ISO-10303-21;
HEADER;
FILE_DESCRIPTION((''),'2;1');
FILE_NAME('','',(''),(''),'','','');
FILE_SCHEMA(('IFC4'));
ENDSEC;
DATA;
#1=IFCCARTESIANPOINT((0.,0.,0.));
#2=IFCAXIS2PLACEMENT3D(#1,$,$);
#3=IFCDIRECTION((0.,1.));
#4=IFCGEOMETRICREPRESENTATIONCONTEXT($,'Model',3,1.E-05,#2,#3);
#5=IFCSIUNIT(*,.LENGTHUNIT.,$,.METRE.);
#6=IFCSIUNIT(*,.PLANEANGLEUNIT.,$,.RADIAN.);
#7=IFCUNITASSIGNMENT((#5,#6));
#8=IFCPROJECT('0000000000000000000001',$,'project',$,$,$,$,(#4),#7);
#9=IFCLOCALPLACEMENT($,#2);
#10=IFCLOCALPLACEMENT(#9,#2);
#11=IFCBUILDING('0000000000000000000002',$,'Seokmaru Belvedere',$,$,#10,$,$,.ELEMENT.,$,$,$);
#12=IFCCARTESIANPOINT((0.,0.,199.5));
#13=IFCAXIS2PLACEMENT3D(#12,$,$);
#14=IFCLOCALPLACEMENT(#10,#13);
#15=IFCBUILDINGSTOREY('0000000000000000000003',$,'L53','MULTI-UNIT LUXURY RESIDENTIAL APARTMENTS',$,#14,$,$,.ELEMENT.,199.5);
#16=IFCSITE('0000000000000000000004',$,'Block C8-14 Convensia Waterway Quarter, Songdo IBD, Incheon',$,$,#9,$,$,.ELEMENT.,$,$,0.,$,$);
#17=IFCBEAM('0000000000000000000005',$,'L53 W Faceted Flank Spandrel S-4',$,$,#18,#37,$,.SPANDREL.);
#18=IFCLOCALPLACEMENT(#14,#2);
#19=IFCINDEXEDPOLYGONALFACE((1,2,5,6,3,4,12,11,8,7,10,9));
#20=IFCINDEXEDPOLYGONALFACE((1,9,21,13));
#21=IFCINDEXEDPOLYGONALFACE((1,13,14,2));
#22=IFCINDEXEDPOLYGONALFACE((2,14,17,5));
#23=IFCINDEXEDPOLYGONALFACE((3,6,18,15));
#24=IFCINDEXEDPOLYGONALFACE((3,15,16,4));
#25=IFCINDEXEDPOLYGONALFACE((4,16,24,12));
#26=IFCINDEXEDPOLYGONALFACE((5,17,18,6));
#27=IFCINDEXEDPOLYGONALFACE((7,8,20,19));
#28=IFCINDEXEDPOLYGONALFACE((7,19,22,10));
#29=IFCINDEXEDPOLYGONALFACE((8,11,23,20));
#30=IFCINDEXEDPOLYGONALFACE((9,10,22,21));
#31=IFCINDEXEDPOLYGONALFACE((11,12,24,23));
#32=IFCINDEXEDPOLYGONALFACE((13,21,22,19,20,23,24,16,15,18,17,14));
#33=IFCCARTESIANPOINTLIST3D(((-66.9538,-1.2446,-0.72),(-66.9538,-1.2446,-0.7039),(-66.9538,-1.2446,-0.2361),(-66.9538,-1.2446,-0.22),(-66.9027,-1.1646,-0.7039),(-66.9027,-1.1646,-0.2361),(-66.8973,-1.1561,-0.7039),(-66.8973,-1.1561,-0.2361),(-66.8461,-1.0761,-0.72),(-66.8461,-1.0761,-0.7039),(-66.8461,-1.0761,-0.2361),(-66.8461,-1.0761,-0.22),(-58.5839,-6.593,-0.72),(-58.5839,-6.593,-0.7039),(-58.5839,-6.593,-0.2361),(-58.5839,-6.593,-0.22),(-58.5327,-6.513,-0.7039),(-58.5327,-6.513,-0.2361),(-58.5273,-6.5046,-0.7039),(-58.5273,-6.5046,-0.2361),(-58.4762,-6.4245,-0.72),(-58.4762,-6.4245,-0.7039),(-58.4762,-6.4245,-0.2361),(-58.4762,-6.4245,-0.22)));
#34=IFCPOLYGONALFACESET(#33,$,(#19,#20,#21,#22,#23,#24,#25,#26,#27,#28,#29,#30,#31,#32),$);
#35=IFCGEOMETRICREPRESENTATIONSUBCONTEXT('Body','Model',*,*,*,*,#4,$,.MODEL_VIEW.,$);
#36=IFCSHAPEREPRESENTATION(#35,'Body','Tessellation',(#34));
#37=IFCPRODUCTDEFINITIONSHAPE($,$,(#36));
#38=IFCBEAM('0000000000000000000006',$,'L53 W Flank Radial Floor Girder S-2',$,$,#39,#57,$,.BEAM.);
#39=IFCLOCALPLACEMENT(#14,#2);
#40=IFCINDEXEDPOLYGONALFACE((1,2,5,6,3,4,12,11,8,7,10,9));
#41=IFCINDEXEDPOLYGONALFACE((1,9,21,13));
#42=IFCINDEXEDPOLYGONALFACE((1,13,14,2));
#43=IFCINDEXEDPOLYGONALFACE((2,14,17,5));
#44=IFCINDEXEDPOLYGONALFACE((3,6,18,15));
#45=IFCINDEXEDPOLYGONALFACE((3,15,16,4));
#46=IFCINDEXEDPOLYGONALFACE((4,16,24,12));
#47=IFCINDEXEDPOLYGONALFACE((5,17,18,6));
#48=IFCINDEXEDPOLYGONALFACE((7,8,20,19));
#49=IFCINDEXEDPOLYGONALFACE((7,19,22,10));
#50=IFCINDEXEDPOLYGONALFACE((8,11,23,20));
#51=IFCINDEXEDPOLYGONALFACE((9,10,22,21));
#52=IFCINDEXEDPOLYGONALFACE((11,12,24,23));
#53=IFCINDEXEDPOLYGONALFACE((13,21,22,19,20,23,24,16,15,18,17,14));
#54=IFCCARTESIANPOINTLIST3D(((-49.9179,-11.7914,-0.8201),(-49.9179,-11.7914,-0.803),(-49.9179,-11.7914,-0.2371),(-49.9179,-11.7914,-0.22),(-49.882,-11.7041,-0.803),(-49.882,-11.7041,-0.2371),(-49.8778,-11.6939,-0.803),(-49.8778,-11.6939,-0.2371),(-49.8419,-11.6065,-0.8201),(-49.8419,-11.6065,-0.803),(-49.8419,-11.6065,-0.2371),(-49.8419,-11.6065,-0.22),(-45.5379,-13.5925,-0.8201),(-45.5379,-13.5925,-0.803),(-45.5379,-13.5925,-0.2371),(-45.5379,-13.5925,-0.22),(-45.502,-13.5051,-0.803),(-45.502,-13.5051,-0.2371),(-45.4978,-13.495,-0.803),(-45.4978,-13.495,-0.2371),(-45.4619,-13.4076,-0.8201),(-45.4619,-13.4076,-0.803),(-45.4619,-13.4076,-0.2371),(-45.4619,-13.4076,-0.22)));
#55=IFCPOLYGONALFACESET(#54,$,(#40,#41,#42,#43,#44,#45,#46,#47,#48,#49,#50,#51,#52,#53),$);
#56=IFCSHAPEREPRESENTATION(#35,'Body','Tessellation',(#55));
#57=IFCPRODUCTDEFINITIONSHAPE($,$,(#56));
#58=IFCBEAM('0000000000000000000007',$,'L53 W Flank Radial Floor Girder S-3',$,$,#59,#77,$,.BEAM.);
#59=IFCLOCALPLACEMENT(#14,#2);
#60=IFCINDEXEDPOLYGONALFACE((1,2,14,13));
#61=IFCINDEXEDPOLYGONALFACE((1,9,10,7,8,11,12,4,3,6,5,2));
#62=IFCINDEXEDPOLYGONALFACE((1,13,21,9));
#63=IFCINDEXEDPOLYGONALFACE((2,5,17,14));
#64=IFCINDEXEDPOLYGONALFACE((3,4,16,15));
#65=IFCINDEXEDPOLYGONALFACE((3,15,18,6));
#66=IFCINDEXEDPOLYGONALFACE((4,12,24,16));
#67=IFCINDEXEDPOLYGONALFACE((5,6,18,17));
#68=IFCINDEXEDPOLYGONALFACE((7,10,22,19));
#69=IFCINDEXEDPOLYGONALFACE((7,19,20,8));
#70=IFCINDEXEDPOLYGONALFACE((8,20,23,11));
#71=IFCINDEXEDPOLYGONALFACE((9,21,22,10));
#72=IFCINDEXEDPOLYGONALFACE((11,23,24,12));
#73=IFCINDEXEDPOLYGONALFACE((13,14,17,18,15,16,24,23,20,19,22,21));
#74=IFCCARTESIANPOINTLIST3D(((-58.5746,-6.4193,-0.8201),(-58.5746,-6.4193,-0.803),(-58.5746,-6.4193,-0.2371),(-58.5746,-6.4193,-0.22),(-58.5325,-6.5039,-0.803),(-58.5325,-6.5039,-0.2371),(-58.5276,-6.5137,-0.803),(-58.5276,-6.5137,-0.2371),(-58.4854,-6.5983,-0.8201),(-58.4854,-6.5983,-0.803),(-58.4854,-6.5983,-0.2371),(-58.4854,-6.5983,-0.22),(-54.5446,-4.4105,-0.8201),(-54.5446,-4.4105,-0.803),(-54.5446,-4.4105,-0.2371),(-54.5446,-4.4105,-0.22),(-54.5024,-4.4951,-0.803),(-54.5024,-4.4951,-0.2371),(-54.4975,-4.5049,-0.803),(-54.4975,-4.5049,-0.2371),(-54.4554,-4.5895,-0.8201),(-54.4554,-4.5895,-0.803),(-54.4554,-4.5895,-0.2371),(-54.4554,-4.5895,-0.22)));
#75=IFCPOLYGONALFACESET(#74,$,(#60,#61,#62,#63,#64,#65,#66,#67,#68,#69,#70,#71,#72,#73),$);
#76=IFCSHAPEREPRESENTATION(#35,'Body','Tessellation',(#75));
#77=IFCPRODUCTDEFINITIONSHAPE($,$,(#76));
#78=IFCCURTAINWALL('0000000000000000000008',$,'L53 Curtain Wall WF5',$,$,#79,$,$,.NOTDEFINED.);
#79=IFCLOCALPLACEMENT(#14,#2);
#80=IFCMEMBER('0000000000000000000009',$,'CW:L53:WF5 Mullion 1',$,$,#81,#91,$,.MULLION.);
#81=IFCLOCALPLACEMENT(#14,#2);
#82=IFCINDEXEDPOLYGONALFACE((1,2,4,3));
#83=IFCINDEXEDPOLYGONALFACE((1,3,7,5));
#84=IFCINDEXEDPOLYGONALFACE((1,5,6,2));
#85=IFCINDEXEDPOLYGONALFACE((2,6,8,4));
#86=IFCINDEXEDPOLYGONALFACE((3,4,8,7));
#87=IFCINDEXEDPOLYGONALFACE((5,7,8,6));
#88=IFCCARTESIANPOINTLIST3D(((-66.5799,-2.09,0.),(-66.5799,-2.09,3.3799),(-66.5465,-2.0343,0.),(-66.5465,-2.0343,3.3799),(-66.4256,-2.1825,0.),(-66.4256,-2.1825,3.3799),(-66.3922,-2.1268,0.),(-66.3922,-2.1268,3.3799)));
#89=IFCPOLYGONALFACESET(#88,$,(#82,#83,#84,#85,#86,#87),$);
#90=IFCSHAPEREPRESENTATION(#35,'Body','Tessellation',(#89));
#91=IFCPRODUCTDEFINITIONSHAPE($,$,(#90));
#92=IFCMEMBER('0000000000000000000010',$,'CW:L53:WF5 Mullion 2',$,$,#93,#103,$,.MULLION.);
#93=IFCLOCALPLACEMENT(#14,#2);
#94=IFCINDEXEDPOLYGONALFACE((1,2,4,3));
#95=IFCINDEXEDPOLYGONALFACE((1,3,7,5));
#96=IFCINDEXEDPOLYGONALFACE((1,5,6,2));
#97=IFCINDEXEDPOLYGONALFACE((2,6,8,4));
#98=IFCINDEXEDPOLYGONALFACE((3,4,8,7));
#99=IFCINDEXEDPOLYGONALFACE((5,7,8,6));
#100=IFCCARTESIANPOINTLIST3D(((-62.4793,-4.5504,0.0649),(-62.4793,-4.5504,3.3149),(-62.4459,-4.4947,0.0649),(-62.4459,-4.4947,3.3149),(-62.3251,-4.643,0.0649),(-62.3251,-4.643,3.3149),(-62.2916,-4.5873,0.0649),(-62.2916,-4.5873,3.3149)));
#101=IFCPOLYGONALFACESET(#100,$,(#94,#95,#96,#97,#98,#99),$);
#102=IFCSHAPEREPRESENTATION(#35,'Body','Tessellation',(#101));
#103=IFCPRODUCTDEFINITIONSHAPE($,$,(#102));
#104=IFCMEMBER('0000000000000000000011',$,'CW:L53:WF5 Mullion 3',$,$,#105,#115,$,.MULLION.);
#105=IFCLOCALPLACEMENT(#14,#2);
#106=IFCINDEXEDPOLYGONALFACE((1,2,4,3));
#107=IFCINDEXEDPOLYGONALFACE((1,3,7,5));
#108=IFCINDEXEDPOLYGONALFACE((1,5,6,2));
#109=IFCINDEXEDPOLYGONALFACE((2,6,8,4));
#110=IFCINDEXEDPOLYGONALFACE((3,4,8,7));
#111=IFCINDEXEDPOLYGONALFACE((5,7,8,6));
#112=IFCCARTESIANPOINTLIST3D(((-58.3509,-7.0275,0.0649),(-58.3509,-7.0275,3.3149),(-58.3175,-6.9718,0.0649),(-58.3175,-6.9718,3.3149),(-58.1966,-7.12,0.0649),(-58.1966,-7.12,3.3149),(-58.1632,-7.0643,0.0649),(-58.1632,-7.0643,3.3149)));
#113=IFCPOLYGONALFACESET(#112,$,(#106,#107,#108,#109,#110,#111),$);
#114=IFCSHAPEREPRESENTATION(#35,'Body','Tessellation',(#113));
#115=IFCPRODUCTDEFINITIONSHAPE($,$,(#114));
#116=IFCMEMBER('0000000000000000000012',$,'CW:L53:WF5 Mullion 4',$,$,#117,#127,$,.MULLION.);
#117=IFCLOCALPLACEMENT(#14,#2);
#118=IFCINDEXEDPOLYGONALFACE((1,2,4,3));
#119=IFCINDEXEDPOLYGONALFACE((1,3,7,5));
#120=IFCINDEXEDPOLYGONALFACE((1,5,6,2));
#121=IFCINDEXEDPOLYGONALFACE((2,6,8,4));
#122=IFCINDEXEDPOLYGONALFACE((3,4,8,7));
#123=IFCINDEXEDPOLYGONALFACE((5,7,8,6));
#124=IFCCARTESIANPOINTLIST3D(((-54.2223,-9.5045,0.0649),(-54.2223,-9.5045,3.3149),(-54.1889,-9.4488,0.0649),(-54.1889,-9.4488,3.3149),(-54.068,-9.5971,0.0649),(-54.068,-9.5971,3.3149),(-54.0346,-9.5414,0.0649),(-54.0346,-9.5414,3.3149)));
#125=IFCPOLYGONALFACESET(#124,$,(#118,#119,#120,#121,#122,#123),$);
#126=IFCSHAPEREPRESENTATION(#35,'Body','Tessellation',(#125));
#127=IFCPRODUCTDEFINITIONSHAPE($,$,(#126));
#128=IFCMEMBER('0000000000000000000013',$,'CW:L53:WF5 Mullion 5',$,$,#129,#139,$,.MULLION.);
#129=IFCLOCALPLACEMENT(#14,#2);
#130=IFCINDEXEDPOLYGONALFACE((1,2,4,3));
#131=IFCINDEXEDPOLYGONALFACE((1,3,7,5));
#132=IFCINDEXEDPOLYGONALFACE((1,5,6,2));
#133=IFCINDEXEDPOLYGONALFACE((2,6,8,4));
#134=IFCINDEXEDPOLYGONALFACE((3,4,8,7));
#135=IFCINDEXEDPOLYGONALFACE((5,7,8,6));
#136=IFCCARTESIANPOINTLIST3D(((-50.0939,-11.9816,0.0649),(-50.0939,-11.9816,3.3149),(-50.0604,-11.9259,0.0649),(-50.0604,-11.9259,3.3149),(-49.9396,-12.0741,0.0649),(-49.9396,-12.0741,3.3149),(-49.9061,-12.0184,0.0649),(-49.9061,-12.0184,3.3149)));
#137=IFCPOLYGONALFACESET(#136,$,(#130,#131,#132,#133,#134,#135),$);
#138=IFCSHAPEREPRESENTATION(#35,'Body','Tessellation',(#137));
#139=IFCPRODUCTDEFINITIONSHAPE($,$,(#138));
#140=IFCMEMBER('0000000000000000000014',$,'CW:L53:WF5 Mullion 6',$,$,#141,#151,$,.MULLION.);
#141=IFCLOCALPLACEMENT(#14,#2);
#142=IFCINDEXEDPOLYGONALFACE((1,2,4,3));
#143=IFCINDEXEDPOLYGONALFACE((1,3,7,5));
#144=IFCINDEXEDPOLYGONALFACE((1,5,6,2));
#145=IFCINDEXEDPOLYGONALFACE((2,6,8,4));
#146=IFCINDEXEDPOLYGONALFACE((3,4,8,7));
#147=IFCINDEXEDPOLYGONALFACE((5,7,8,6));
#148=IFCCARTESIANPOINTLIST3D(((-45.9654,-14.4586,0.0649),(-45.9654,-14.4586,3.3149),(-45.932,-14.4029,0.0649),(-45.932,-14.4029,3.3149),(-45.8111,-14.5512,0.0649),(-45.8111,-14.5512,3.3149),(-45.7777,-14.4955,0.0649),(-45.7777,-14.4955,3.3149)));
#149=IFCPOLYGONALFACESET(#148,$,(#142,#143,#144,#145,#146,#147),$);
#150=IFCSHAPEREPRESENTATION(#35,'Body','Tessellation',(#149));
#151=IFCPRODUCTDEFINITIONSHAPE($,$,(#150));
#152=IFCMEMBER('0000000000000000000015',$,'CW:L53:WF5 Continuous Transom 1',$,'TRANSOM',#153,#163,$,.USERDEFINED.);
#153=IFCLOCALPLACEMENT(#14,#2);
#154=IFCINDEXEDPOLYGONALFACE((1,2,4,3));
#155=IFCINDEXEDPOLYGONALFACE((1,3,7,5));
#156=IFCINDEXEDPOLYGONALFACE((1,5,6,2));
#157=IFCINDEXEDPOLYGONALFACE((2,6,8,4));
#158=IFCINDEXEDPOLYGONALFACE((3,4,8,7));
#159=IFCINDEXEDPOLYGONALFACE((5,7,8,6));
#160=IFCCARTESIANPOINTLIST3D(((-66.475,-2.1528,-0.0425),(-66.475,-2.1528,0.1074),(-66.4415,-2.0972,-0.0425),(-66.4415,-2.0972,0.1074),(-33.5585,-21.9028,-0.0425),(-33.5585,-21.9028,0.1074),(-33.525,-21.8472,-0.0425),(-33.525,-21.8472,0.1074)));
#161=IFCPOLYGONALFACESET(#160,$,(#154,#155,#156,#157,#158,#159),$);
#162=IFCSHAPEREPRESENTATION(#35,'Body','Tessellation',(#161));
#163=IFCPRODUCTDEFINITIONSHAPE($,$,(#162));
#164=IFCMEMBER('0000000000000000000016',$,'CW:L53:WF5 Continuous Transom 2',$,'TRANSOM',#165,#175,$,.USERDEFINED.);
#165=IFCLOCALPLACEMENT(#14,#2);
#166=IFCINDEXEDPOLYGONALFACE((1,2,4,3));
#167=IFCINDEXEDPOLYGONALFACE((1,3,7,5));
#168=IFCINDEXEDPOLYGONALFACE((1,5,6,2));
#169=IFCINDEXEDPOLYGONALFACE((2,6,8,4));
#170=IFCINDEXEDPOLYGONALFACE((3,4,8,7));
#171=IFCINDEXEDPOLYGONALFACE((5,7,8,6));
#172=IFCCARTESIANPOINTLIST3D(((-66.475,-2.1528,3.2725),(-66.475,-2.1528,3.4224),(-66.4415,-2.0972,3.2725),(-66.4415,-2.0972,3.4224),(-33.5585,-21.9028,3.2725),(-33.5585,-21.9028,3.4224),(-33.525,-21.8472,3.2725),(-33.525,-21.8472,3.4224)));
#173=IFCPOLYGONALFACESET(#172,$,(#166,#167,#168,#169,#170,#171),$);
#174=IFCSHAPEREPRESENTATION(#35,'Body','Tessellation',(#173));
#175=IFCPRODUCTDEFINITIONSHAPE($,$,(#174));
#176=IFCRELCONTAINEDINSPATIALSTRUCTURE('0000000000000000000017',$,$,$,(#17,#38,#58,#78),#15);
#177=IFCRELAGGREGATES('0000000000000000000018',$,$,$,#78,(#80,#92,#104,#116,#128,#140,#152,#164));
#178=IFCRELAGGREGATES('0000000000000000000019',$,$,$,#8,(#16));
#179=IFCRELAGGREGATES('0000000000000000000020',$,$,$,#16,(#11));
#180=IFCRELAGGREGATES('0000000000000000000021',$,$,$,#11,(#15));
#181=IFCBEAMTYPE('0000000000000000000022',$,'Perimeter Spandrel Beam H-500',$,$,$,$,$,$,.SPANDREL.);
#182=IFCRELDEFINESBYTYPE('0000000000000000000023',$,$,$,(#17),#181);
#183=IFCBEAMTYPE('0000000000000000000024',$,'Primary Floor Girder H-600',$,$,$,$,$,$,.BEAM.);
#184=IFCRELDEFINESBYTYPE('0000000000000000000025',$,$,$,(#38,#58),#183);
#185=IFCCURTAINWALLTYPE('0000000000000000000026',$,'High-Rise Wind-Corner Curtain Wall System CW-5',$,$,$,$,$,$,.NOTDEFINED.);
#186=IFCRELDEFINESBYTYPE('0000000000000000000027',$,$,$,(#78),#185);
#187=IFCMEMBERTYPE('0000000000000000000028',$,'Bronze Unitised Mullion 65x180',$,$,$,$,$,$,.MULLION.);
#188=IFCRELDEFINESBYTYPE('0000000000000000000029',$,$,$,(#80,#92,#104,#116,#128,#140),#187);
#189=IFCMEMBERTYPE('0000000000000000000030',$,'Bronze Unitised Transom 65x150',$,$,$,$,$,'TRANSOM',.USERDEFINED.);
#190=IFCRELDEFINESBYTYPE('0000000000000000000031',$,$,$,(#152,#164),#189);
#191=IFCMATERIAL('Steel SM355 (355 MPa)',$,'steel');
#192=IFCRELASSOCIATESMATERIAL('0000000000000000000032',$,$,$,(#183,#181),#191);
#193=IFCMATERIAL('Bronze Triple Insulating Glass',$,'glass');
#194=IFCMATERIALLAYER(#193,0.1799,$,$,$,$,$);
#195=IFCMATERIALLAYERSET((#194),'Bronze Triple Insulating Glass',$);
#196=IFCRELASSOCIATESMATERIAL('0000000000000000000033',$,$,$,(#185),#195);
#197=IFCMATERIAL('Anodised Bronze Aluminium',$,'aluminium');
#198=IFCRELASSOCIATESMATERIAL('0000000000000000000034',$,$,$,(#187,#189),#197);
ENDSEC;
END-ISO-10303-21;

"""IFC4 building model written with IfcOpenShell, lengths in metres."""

from ifc_helpers import new_model, si_unit, direction, frame, origin, origin_2d, place, context, subcontext, project, spatial, rectangle, i_section, extrude, source, transform, mapped, material, layer, layer_set, material_profile, profile_set, type_object, type_shapes, element, aggregate, save


model = new_model("IFC4")

# Units and contexts
model_context = context("Model", 3, precision=1e-05, world=origin(), true_north=direction((0.0, 1.0)))
body_context = subcontext(model_context, "Body", "Model", "MODEL_VIEW")
ifc_project = project(units=[si_unit("LENGTHUNIT", "METRE"), si_unit("PLANEANGLEUNIT", "RADIAN")], contexts=[model_context])

# Site, building, storey
site_placement = place(None, origin())
site = spatial("IfcSite", under=ifc_project, at=site_placement, Name="Block C8-14 Convensia Waterway Quarter, Songdo IBD, Incheon", CompositionType="ELEMENT", RefElevation=0.0)
building_placement = place(site_placement, origin())
building = spatial("IfcBuilding", under=site, at=building_placement, Name="Seokmaru Belvedere", CompositionType="ELEMENT")
storey_placement = place(building_placement, frame((0.0, 0.0, 199.5)))
storey = spatial("IfcBuildingStorey", under=building, at=storey_placement, Name="L53", Description="MULTI-UNIT LUXURY RESIDENTIAL APARTMENTS", CompositionType="ELEMENT", Elevation=199.5)

# Shared definitions
ifc_material_1 = material(Name="Steel SM355 (355 MPa)", Category="steel")

# Beams
ifc_material_profile_1 = material_profile(ifc_material_1, i_section(OverallWidth=0.2, OverallDepth=0.6001, WebThickness=0.011, FlangeThickness=0.0171, at=origin_2d()), Name="H-600x200x11x17")
ifc_profile_set_1 = profile_set([ifc_material_profile_1], Name="Steel SM355 (355 MPa)")
beam_type_1 = type_object("IfcBeamType", Name="Primary Floor Girder H-600", PredefinedType="BEAM", material=ifc_profile_set_1)
ifc_material_profile_2 = material_profile(ifc_material_1, i_section(OverallWidth=0.2, OverallDepth=0.5, WebThickness=0.01, FlangeThickness=0.0161, at=origin_2d()), Name="H-500x200x10x16")
ifc_profile_set_2 = profile_set([ifc_material_profile_2], Name="Steel SM355 (355 MPa)")
beam_type_2 = type_object("IfcBeamType", Name="Perimeter Spandrel Beam H-500", PredefinedType="SPANDREL", material=ifc_profile_set_2)
shared_shape_1 = source(origin(), body_context, "Body", "SweptSolid", [
    extrude(i_section(OverallWidth=0.2, OverallDepth=0.5, WebThickness=0.01, FlangeThickness=0.0161, at=origin_2d()), origin(), (0.0, 0.0, 1.0), 9.9329),
])
beam_1_placement = place(storey_placement, frame((-58.53, -6.5088, -0.47), z_axis=(-0.842652, 0.538459, 0.0), x_axis=(-0.538459, -0.842652, 0.0)))
element("IfcBeam", 1, at=beam_1_placement, inside=storey, type_object=beam_type_2, Name="L53 W Faceted Flank Spandrel S-4", PredefinedType="SPANDREL", context=body_context, shape_type="MappedRepresentation", body=[
    mapped(shared_shape_1, transform((0.0, 0.0, 0.0), scale=1.0)),
])
shared_shape_2 = source(origin(), body_context, "Body", "SweptSolid", [
    extrude(i_section(OverallWidth=0.2, OverallDepth=0.6001, WebThickness=0.011, FlangeThickness=0.0171, at=origin_2d()), origin(), (0.0, 0.0, 1.0), 4.7358),
])
beam_2_placement = place(storey_placement, frame((-49.8799, -11.699, -0.52), z_axis=(0.924861, -0.380306, 0.0), x_axis=(0.380306, 0.924861, 0.0)))
element("IfcBeam", 2, at=beam_2_placement, inside=storey, type_object=beam_type_1, Name="L53 W Flank Radial Floor Girder S-2", PredefinedType="BEAM", context=body_context, shape_type="MappedRepresentation", body=[
    mapped(shared_shape_2, transform((0.0, 0.0, 0.0), scale=1.0)),
])
shared_shape_3 = source(origin(), body_context, "Body", "SweptSolid", [
    extrude(i_section(OverallWidth=0.2, OverallDepth=0.6001, WebThickness=0.011, FlangeThickness=0.0171, at=origin_2d()), origin(), (0.0, 0.0, 1.0), 4.5029),
])
beam_3_placement = place(storey_placement, frame((-58.53, -6.5088, -0.52), z_axis=(0.89498, 0.446107, 0.0), x_axis=(-0.446107, 0.89498, 0.0)))
element("IfcBeam", 3, at=beam_3_placement, inside=storey, type_object=beam_type_1, Name="L53 W Flank Radial Floor Girder S-3", PredefinedType="BEAM", context=body_context, shape_type="MappedRepresentation", body=[
    mapped(shared_shape_3, transform((0.0, 0.0, 0.0), scale=1.0)),
])

# Curtain wall, members
ifc_material_2 = material(Name="Bronze Triple Insulating Glass", Category="glass")
ifc_layer_1 = layer(ifc_material_2, 0.1799)
ifc_layer_set_1 = layer_set([ifc_layer_1], Name="Bronze Triple Insulating Glass")
curtain_wall_type = type_object("IfcCurtainWallType", Name="High-Rise Wind-Corner Curtain Wall System CW-5", PredefinedType="NOTDEFINED", material=ifc_layer_set_1)
curtain_wall_placement = place(storey_placement, origin())
curtain_wall = element("IfcCurtainWall", 4, at=curtain_wall_placement, inside=storey, type_object=curtain_wall_type, Name="L53 Curtain Wall WF5", PredefinedType="NOTDEFINED")
ifc_material_3 = material(Name="Anodised Bronze Aluminium", Category="aluminium")
ifc_material_profile_3 = material_profile(ifc_material_3, rectangle(XDim=0.0649, YDim=0.1799, at=origin_2d()), Name="CW-M-65x180")
ifc_profile_set_3 = profile_set([ifc_material_profile_3], Name="Anodised Bronze Aluminium")
member_type_1 = type_object("IfcMemberType", Name="Bronze Unitised Mullion 65x180", PredefinedType="MULLION", material=ifc_profile_set_3)
shared_shape_4 = source(origin(), body_context, "Body", "SweptSolid", [
    extrude(rectangle(XDim=0.0649, YDim=0.1799, at=origin_2d()), origin(), (0.0, 0.0, 1.0), 3.3799),
])
member_1_placement = place(storey_placement, frame((-66.4861, -2.1084, 0.0), z_axis=(0.0, 0.0, 1.0), x_axis=(0.514495, 0.857493, 0.0)))
member_1 = element("IfcMember", 5, at=member_1_placement, type_object=member_type_1, Name="CW:L53:WF5 Mullion 1", PredefinedType="MULLION", context=body_context, shape_type="MappedRepresentation", body=[
    mapped(shared_shape_4, transform((0.0, 0.0, 0.0), scale=1.0)),
])
shared_shape_5 = source(origin(), body_context, "Body", "SweptSolid", [
    extrude(rectangle(XDim=0.0649, YDim=0.1799, at=origin_2d()), origin(), (0.0, 0.0, 1.0), 3.25),
])
type_shapes(member_type_1, [shared_shape_4, shared_shape_5])
member_2_placement = place(storey_placement, frame((-62.3855, -4.5688, 0.0649), z_axis=(0.0, 0.0, 1.0), x_axis=(0.514495, 0.857493, 0.0)))
member_2 = element("IfcMember", 6, at=member_2_placement, type_object=member_type_1, Name="CW:L53:WF5 Mullion 2", PredefinedType="MULLION", context=body_context, shape_type="MappedRepresentation", body=[
    mapped(shared_shape_5, transform((0.0, 0.0, 0.0), scale=1.0)),
])
member_3_placement = place(storey_placement, frame((-58.2571, -7.0459, 0.0649), z_axis=(0.0, 0.0, 1.0), x_axis=(0.514495, 0.857493, 0.0)))
member_3 = element("IfcMember", 7, at=member_3_placement, type_object=member_type_1, Name="CW:L53:WF5 Mullion 3", PredefinedType="MULLION", context=body_context, shape_type="MappedRepresentation", body=[
    mapped(shared_shape_5, transform((0.0, 0.0, 0.0), scale=1.0)),
])
member_4_placement = place(storey_placement, frame((-54.1284, -9.5229, 0.0649), z_axis=(0.0, 0.0, 1.0), x_axis=(0.514495, 0.857493, 0.0)))
member_4 = element("IfcMember", 8, at=member_4_placement, type_object=member_type_1, Name="CW:L53:WF5 Mullion 4", PredefinedType="MULLION", context=body_context, shape_type="MappedRepresentation", body=[
    mapped(shared_shape_5, transform((0.0, 0.0, 0.0), scale=1.0)),
])
member_5_placement = place(storey_placement, frame((-50.0, -12.0, 0.0649), z_axis=(0.0, 0.0, 1.0), x_axis=(0.514495, 0.857493, 0.0)))
member_5 = element("IfcMember", 9, at=member_5_placement, type_object=member_type_1, Name="CW:L53:WF5 Mullion 5", PredefinedType="MULLION", context=body_context, shape_type="MappedRepresentation", body=[
    mapped(shared_shape_5, transform((0.0, 0.0, 0.0), scale=1.0)),
])
member_6_placement = place(storey_placement, frame((-45.8716, -14.4771, 0.0649), z_axis=(0.0, 0.0, 1.0), x_axis=(0.514495, 0.857493, 0.0)))
member_6 = element("IfcMember", 10, at=member_6_placement, type_object=member_type_1, Name="CW:L53:WF5 Mullion 6", PredefinedType="MULLION", context=body_context, shape_type="MappedRepresentation", body=[
    mapped(shared_shape_5, transform((0.0, 0.0, 0.0), scale=1.0)),
])
ifc_material_profile_4 = material_profile(ifc_material_3, rectangle(XDim=0.0649, YDim=0.1499, at=origin_2d()), Name="CW-T-65x150")
ifc_profile_set_4 = profile_set([ifc_material_profile_4], Name="Anodised Bronze Aluminium")
member_type_2 = type_object("IfcMemberType", Name="Bronze Unitised Transom 65x150", ElementType="TRANSOM", PredefinedType="USERDEFINED", material=ifc_profile_set_4)
shared_shape_6 = source(origin(), body_context, "Body", "SweptSolid", [
    extrude(rectangle(XDim=0.0649, YDim=0.1499, at=origin_2d()), origin(), (0.0, 0.0, 1.0), 38.387),
])
type_shapes(member_type_2, [shared_shape_6])
member_7_placement = place(storey_placement, frame((-66.4583, -2.125, 0.0325), z_axis=(0.857492, -0.514498, 0.0), x_axis=(0.514498, 0.857492, 0.0)))
member_7 = element("IfcMember", 11, at=member_7_placement, type_object=member_type_2, Name="CW:L53:WF5 Continuous Transom 1", ObjectType="TRANSOM", PredefinedType="USERDEFINED", context=body_context, shape_type="MappedRepresentation", body=[
    mapped(shared_shape_6, transform((0.0, 0.0, 0.0), scale=1.0)),
])
member_8_placement = place(storey_placement, frame((-66.4583, -2.125, 3.3474), z_axis=(0.857492, -0.514498, 0.0), x_axis=(0.514498, 0.857492, 0.0)))
member_8 = element("IfcMember", 12, at=member_8_placement, type_object=member_type_2, Name="CW:L53:WF5 Continuous Transom 2", ObjectType="TRANSOM", PredefinedType="USERDEFINED", context=body_context, shape_type="MappedRepresentation", body=[
    mapped(shared_shape_6, transform((0.0, 0.0, 0.0), scale=1.0)),
])
aggregate(curtain_wall, [member_1, member_2, member_3, member_4, member_5, member_6, member_7, member_8])

save(model, "model.ifc")
